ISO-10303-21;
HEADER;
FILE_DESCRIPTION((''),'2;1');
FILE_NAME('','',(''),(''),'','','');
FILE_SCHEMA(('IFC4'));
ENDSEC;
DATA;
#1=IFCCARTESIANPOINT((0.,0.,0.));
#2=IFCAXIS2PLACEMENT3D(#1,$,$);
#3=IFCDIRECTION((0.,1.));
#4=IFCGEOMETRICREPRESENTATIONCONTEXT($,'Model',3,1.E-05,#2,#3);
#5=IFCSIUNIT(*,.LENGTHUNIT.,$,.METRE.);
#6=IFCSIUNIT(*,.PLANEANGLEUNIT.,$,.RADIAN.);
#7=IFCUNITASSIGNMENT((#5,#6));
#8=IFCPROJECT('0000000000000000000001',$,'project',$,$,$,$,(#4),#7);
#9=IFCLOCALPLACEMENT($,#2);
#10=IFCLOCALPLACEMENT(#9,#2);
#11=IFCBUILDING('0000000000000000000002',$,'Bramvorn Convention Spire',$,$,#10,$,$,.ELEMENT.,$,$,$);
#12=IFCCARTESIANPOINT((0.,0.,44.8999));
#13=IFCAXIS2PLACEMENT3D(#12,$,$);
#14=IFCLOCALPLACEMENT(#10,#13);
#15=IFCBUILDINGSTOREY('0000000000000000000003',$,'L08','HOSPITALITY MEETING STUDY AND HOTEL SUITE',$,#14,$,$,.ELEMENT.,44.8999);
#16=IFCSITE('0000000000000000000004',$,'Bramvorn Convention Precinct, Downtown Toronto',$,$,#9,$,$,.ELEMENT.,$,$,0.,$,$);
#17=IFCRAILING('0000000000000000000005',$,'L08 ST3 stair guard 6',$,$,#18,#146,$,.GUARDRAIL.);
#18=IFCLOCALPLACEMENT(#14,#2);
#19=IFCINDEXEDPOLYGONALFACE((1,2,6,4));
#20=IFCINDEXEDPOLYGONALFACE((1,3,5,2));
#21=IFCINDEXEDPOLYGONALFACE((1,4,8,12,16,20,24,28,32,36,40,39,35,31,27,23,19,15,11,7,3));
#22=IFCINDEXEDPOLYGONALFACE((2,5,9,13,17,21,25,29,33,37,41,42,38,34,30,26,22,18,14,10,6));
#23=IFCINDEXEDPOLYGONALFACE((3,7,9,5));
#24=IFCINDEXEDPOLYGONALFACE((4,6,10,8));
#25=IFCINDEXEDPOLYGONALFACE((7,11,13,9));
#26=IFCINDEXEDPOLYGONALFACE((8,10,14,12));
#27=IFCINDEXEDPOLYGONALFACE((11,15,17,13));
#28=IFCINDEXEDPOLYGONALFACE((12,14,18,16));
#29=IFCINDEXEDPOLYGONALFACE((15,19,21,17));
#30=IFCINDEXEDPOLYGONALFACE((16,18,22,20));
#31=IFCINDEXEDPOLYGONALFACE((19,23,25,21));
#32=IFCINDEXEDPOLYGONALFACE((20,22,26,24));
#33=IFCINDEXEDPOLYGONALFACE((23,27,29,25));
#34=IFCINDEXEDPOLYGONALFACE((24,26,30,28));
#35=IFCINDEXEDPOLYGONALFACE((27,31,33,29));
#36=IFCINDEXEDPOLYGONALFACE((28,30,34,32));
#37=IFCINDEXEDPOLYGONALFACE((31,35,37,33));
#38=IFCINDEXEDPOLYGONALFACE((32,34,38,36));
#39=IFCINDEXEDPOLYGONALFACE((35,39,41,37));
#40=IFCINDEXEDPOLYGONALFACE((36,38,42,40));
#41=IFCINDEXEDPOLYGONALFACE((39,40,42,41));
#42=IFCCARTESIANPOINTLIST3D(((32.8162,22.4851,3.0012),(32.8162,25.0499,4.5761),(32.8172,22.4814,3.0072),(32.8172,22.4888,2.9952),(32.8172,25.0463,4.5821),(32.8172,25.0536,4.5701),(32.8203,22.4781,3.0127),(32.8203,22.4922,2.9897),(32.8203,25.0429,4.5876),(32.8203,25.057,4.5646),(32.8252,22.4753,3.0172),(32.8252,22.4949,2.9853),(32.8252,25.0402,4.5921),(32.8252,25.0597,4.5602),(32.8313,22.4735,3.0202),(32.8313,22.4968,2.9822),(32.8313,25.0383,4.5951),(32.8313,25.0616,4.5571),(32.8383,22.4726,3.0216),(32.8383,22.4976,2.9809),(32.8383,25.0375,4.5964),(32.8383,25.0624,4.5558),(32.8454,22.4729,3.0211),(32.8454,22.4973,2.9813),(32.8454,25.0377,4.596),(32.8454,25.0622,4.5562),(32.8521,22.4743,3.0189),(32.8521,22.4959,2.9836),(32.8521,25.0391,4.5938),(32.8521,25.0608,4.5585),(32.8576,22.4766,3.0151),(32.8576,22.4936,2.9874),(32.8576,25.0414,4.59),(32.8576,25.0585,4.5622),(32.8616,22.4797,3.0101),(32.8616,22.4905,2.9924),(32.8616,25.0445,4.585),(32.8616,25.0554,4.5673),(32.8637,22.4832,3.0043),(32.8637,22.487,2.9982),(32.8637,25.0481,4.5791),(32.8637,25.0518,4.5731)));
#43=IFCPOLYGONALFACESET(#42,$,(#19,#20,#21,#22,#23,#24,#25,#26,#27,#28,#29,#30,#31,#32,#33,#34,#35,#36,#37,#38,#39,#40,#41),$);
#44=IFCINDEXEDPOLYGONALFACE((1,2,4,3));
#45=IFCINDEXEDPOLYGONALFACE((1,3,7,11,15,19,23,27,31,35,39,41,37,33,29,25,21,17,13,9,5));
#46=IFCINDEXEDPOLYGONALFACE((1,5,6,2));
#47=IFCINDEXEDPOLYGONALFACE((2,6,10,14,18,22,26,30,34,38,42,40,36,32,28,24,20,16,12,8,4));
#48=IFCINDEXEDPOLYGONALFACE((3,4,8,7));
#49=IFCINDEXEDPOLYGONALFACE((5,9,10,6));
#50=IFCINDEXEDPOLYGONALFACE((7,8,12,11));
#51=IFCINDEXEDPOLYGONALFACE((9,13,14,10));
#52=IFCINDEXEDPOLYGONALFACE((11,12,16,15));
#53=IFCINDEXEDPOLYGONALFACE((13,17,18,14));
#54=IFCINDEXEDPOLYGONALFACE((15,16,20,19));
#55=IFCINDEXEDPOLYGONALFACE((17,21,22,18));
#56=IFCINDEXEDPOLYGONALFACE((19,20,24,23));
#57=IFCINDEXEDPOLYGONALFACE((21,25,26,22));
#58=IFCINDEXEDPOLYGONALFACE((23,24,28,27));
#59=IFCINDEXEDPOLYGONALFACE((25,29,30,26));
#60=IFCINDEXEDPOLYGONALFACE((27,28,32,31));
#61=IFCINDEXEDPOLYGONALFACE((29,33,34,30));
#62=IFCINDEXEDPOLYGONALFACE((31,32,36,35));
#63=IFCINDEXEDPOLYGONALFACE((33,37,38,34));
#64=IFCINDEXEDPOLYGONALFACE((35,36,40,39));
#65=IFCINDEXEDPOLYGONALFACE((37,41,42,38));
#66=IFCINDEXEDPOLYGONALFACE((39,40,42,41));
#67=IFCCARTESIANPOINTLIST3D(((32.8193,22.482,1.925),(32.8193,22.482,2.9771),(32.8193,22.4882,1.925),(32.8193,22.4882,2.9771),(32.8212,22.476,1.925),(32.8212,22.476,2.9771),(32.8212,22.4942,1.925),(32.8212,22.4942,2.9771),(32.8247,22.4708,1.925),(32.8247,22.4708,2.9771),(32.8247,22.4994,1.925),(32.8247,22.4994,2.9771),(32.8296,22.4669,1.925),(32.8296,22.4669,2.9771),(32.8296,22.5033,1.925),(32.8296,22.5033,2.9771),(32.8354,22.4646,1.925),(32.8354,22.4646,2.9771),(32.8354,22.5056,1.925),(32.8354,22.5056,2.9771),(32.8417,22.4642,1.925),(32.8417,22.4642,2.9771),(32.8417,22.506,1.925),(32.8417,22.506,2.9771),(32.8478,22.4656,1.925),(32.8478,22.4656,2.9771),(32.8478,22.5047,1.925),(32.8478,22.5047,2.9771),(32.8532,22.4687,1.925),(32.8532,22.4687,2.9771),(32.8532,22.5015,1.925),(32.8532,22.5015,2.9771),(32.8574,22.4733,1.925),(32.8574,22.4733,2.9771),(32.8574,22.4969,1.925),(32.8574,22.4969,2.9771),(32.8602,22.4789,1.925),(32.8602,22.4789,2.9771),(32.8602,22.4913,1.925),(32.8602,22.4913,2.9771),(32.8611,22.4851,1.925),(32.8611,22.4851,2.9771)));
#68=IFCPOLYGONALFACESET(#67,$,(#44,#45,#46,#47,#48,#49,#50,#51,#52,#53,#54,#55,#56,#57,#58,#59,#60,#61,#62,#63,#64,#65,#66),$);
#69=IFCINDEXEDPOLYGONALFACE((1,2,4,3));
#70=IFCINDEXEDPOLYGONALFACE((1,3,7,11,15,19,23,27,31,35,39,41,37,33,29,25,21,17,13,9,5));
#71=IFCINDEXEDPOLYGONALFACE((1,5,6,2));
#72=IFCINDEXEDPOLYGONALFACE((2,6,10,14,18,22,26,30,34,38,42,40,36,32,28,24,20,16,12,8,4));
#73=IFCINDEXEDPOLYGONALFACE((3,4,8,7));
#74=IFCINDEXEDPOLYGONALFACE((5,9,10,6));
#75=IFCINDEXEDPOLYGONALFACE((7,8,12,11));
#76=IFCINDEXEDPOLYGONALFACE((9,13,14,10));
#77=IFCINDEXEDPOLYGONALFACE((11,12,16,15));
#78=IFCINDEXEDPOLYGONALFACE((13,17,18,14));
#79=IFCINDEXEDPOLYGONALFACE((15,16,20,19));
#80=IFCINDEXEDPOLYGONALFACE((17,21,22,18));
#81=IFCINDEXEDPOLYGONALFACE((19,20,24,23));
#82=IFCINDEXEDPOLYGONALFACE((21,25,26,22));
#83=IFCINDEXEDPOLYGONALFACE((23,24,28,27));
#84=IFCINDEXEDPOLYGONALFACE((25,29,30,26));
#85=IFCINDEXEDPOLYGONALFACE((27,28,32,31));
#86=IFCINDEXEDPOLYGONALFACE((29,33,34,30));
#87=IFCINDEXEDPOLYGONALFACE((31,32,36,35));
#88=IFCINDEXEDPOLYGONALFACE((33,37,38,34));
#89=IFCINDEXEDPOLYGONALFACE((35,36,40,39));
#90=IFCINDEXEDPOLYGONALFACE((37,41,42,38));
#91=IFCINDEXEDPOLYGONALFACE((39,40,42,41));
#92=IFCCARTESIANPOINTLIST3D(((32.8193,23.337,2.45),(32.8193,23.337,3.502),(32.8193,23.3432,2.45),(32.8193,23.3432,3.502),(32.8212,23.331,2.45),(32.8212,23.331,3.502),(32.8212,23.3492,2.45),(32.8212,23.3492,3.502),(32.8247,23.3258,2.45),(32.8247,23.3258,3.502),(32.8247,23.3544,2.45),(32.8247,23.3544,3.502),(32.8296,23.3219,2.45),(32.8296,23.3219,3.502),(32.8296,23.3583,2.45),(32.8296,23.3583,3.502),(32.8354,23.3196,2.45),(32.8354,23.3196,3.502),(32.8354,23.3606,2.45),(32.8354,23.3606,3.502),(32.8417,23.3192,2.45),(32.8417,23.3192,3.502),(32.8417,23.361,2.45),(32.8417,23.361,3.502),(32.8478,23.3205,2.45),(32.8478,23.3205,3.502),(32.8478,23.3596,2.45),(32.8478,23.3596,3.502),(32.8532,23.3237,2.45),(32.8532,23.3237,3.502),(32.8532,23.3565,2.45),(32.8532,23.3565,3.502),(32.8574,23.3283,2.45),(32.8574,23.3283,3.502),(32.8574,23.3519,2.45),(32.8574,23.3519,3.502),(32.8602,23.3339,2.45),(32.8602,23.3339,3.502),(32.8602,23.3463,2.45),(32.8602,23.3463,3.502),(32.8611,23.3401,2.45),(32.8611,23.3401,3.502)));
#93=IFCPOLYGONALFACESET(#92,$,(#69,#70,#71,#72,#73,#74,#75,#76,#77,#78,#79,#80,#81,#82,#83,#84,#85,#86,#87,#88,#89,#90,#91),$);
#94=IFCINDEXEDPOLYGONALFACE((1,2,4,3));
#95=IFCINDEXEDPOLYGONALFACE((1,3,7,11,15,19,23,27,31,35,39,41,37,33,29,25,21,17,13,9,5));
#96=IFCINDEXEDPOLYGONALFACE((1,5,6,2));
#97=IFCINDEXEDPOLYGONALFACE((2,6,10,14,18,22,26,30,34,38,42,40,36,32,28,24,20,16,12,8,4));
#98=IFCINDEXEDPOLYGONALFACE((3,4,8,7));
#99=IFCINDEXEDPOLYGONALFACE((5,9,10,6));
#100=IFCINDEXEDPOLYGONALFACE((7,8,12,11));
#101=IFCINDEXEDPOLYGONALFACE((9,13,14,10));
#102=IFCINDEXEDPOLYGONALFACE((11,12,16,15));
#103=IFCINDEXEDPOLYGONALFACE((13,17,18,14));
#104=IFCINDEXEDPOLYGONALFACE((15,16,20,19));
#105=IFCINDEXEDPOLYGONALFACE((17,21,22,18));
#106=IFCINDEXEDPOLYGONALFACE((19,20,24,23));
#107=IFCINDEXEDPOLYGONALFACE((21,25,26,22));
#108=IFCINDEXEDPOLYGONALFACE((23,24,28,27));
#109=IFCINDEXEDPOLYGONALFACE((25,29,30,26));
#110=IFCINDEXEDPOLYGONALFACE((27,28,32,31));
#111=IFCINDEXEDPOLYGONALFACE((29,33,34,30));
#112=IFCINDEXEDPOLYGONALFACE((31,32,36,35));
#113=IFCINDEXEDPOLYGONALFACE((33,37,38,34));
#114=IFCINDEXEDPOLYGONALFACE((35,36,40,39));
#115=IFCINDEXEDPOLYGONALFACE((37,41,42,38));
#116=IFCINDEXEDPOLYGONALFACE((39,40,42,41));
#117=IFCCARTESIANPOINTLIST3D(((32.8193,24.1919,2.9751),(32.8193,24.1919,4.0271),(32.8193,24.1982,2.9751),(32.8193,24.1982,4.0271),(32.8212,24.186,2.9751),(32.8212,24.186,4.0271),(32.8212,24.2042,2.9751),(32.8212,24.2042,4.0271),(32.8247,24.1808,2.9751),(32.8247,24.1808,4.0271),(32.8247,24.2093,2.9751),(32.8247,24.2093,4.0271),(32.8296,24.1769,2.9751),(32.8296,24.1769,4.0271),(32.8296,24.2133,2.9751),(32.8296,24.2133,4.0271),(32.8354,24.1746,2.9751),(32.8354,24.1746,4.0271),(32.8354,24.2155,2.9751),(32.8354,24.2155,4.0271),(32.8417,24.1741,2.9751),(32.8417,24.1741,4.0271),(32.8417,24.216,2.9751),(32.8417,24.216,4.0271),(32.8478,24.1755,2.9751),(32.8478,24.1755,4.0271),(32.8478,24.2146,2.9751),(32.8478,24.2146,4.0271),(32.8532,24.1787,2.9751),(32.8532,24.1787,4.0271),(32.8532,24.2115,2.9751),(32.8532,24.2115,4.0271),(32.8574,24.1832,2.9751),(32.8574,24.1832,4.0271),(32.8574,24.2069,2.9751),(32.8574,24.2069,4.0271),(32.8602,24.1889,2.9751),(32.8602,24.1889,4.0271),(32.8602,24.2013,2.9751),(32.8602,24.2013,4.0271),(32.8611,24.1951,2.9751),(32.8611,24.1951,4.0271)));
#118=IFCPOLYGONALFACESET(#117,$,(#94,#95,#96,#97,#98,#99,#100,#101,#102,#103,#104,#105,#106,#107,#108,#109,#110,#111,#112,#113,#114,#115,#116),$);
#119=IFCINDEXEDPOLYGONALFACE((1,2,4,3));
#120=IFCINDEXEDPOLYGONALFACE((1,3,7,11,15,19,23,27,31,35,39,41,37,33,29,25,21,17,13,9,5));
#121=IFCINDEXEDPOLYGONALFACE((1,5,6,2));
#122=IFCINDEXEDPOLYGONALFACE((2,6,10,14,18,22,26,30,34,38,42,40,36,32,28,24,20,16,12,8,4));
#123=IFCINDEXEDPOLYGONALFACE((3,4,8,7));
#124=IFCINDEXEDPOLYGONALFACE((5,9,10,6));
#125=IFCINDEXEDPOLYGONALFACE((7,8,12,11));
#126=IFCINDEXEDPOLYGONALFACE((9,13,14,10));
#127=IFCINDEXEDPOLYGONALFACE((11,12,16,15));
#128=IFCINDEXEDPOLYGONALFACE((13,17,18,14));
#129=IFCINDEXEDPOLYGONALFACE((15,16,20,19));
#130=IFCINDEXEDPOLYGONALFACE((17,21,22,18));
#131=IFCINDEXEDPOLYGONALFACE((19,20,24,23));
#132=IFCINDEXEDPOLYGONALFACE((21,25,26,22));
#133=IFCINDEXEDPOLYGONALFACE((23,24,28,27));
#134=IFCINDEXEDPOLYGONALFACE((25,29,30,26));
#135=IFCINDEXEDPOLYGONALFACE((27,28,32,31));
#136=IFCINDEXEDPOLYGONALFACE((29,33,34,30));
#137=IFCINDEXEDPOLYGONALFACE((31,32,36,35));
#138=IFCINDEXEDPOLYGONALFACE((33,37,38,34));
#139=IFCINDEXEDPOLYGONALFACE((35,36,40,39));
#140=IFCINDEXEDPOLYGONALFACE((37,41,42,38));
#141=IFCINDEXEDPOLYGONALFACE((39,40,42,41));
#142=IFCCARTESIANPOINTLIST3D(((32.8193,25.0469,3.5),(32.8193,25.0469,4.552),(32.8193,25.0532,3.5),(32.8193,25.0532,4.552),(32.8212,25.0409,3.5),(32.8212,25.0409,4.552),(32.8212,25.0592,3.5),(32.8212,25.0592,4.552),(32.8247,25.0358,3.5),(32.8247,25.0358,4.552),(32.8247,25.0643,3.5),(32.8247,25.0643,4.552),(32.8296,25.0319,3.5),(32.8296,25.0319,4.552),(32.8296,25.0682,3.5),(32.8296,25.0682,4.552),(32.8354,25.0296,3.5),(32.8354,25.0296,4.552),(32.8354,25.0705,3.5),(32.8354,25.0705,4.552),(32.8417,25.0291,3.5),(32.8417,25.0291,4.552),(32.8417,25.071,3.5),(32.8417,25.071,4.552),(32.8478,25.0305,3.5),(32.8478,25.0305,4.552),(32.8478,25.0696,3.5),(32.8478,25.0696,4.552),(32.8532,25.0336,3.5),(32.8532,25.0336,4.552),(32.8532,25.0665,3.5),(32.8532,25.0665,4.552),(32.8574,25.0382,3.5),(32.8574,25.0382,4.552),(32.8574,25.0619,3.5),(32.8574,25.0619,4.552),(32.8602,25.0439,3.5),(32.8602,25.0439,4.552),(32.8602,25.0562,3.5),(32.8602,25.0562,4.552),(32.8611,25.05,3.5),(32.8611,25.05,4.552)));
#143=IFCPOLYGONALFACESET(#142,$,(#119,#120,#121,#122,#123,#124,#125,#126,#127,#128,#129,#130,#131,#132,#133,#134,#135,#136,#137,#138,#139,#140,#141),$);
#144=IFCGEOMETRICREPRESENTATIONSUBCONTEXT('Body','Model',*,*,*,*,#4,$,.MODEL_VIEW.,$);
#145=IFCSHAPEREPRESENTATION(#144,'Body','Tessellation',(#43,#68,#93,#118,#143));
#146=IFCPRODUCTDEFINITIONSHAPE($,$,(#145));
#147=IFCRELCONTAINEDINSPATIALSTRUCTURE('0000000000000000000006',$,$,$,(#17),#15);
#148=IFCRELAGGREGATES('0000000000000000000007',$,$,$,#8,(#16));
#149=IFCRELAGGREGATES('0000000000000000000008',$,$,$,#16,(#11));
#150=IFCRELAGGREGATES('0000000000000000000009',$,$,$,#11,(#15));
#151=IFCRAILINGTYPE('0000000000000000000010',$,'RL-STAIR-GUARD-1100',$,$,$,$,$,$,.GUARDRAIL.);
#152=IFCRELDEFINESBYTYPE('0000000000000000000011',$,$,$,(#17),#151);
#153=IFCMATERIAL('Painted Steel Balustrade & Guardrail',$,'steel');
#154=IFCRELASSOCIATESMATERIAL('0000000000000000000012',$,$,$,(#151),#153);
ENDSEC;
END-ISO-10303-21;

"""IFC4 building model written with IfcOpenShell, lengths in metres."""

from ifc_helpers import new_model, si_unit, direction, frame, origin, origin_2d, place, context, subcontext, project, spatial, circle, extrude, material, type_object, element, save


model = new_model("IFC4")

# Units and contexts
model_context = context("Model", 3, precision=1e-05, world=origin(), true_north=direction((0.0, 1.0)))
body_context = subcontext(model_context, "Body", "Model", "MODEL_VIEW")
ifc_project = project(units=[si_unit("LENGTHUNIT", "METRE"), si_unit("PLANEANGLEUNIT", "RADIAN")], contexts=[model_context])

# Site, building, storey
site_placement = place(None, origin())
site = spatial("IfcSite", under=ifc_project, at=site_placement, Name="Bramvorn Convention Precinct, Downtown Toronto", CompositionType="ELEMENT", RefElevation=0.0)
building_placement = place(site_placement, origin())
building = spatial("IfcBuilding", under=site, at=building_placement, Name="Bramvorn Convention Spire", CompositionType="ELEMENT")
storey_placement = place(building_placement, frame((0.0, 0.0, 44.8999)))
storey = spatial("IfcBuildingStorey", under=building, at=storey_placement, Name="L08", Description="HOSPITALITY MEETING STUDY AND HOTEL SUITE", CompositionType="ELEMENT", Elevation=44.8999)

# Railing
ifc_material_1 = material(Name="Painted Steel Balustrade & Guardrail", Category="steel")
railing_type_1 = type_object("IfcRailingType", Name="RL-STAIR-GUARD-1100", PredefinedType="GUARDRAIL", material=ifc_material_1)
railing_1_placement = place(storey_placement, frame((32.8401, 22.4851, 1.925)))
element("IfcRailing", 1, at=railing_1_placement, inside=storey, type_object=railing_type_1, Name="L08 ST3 stair guard 6", PredefinedType="GUARDRAIL", context=body_context, shape_type="SweptSolid", body=[
    extrude(circle(Radius=0.0239, at=origin_2d()), frame((0.0, 0.0, 1.0762), z_axis=(0.0, 0.852173, 0.52326), x_axis=(-1.0, 0.0, 0.0)), (0.0, 0.0, 1.0), 3.0098),
    extrude(circle(Radius=0.021, at=origin_2d()), origin(), (0.0, 0.0, 1.0), 1.052),
    extrude(circle(Radius=0.021, at=origin_2d()), frame((0.0, 0.855, 0.5249)), (0.0, 0.0, 1.0), 1.052),
    extrude(circle(Radius=0.021, at=origin_2d()), frame((0.0, 1.71, 1.05)), (0.0, 0.0, 1.0), 1.052),
    extrude(circle(Radius=0.021, at=origin_2d()), frame((0.0, 2.5649, 1.575)), (0.0, 0.0, 1.0), 1.052),
])

save(model, "model.ifc")
